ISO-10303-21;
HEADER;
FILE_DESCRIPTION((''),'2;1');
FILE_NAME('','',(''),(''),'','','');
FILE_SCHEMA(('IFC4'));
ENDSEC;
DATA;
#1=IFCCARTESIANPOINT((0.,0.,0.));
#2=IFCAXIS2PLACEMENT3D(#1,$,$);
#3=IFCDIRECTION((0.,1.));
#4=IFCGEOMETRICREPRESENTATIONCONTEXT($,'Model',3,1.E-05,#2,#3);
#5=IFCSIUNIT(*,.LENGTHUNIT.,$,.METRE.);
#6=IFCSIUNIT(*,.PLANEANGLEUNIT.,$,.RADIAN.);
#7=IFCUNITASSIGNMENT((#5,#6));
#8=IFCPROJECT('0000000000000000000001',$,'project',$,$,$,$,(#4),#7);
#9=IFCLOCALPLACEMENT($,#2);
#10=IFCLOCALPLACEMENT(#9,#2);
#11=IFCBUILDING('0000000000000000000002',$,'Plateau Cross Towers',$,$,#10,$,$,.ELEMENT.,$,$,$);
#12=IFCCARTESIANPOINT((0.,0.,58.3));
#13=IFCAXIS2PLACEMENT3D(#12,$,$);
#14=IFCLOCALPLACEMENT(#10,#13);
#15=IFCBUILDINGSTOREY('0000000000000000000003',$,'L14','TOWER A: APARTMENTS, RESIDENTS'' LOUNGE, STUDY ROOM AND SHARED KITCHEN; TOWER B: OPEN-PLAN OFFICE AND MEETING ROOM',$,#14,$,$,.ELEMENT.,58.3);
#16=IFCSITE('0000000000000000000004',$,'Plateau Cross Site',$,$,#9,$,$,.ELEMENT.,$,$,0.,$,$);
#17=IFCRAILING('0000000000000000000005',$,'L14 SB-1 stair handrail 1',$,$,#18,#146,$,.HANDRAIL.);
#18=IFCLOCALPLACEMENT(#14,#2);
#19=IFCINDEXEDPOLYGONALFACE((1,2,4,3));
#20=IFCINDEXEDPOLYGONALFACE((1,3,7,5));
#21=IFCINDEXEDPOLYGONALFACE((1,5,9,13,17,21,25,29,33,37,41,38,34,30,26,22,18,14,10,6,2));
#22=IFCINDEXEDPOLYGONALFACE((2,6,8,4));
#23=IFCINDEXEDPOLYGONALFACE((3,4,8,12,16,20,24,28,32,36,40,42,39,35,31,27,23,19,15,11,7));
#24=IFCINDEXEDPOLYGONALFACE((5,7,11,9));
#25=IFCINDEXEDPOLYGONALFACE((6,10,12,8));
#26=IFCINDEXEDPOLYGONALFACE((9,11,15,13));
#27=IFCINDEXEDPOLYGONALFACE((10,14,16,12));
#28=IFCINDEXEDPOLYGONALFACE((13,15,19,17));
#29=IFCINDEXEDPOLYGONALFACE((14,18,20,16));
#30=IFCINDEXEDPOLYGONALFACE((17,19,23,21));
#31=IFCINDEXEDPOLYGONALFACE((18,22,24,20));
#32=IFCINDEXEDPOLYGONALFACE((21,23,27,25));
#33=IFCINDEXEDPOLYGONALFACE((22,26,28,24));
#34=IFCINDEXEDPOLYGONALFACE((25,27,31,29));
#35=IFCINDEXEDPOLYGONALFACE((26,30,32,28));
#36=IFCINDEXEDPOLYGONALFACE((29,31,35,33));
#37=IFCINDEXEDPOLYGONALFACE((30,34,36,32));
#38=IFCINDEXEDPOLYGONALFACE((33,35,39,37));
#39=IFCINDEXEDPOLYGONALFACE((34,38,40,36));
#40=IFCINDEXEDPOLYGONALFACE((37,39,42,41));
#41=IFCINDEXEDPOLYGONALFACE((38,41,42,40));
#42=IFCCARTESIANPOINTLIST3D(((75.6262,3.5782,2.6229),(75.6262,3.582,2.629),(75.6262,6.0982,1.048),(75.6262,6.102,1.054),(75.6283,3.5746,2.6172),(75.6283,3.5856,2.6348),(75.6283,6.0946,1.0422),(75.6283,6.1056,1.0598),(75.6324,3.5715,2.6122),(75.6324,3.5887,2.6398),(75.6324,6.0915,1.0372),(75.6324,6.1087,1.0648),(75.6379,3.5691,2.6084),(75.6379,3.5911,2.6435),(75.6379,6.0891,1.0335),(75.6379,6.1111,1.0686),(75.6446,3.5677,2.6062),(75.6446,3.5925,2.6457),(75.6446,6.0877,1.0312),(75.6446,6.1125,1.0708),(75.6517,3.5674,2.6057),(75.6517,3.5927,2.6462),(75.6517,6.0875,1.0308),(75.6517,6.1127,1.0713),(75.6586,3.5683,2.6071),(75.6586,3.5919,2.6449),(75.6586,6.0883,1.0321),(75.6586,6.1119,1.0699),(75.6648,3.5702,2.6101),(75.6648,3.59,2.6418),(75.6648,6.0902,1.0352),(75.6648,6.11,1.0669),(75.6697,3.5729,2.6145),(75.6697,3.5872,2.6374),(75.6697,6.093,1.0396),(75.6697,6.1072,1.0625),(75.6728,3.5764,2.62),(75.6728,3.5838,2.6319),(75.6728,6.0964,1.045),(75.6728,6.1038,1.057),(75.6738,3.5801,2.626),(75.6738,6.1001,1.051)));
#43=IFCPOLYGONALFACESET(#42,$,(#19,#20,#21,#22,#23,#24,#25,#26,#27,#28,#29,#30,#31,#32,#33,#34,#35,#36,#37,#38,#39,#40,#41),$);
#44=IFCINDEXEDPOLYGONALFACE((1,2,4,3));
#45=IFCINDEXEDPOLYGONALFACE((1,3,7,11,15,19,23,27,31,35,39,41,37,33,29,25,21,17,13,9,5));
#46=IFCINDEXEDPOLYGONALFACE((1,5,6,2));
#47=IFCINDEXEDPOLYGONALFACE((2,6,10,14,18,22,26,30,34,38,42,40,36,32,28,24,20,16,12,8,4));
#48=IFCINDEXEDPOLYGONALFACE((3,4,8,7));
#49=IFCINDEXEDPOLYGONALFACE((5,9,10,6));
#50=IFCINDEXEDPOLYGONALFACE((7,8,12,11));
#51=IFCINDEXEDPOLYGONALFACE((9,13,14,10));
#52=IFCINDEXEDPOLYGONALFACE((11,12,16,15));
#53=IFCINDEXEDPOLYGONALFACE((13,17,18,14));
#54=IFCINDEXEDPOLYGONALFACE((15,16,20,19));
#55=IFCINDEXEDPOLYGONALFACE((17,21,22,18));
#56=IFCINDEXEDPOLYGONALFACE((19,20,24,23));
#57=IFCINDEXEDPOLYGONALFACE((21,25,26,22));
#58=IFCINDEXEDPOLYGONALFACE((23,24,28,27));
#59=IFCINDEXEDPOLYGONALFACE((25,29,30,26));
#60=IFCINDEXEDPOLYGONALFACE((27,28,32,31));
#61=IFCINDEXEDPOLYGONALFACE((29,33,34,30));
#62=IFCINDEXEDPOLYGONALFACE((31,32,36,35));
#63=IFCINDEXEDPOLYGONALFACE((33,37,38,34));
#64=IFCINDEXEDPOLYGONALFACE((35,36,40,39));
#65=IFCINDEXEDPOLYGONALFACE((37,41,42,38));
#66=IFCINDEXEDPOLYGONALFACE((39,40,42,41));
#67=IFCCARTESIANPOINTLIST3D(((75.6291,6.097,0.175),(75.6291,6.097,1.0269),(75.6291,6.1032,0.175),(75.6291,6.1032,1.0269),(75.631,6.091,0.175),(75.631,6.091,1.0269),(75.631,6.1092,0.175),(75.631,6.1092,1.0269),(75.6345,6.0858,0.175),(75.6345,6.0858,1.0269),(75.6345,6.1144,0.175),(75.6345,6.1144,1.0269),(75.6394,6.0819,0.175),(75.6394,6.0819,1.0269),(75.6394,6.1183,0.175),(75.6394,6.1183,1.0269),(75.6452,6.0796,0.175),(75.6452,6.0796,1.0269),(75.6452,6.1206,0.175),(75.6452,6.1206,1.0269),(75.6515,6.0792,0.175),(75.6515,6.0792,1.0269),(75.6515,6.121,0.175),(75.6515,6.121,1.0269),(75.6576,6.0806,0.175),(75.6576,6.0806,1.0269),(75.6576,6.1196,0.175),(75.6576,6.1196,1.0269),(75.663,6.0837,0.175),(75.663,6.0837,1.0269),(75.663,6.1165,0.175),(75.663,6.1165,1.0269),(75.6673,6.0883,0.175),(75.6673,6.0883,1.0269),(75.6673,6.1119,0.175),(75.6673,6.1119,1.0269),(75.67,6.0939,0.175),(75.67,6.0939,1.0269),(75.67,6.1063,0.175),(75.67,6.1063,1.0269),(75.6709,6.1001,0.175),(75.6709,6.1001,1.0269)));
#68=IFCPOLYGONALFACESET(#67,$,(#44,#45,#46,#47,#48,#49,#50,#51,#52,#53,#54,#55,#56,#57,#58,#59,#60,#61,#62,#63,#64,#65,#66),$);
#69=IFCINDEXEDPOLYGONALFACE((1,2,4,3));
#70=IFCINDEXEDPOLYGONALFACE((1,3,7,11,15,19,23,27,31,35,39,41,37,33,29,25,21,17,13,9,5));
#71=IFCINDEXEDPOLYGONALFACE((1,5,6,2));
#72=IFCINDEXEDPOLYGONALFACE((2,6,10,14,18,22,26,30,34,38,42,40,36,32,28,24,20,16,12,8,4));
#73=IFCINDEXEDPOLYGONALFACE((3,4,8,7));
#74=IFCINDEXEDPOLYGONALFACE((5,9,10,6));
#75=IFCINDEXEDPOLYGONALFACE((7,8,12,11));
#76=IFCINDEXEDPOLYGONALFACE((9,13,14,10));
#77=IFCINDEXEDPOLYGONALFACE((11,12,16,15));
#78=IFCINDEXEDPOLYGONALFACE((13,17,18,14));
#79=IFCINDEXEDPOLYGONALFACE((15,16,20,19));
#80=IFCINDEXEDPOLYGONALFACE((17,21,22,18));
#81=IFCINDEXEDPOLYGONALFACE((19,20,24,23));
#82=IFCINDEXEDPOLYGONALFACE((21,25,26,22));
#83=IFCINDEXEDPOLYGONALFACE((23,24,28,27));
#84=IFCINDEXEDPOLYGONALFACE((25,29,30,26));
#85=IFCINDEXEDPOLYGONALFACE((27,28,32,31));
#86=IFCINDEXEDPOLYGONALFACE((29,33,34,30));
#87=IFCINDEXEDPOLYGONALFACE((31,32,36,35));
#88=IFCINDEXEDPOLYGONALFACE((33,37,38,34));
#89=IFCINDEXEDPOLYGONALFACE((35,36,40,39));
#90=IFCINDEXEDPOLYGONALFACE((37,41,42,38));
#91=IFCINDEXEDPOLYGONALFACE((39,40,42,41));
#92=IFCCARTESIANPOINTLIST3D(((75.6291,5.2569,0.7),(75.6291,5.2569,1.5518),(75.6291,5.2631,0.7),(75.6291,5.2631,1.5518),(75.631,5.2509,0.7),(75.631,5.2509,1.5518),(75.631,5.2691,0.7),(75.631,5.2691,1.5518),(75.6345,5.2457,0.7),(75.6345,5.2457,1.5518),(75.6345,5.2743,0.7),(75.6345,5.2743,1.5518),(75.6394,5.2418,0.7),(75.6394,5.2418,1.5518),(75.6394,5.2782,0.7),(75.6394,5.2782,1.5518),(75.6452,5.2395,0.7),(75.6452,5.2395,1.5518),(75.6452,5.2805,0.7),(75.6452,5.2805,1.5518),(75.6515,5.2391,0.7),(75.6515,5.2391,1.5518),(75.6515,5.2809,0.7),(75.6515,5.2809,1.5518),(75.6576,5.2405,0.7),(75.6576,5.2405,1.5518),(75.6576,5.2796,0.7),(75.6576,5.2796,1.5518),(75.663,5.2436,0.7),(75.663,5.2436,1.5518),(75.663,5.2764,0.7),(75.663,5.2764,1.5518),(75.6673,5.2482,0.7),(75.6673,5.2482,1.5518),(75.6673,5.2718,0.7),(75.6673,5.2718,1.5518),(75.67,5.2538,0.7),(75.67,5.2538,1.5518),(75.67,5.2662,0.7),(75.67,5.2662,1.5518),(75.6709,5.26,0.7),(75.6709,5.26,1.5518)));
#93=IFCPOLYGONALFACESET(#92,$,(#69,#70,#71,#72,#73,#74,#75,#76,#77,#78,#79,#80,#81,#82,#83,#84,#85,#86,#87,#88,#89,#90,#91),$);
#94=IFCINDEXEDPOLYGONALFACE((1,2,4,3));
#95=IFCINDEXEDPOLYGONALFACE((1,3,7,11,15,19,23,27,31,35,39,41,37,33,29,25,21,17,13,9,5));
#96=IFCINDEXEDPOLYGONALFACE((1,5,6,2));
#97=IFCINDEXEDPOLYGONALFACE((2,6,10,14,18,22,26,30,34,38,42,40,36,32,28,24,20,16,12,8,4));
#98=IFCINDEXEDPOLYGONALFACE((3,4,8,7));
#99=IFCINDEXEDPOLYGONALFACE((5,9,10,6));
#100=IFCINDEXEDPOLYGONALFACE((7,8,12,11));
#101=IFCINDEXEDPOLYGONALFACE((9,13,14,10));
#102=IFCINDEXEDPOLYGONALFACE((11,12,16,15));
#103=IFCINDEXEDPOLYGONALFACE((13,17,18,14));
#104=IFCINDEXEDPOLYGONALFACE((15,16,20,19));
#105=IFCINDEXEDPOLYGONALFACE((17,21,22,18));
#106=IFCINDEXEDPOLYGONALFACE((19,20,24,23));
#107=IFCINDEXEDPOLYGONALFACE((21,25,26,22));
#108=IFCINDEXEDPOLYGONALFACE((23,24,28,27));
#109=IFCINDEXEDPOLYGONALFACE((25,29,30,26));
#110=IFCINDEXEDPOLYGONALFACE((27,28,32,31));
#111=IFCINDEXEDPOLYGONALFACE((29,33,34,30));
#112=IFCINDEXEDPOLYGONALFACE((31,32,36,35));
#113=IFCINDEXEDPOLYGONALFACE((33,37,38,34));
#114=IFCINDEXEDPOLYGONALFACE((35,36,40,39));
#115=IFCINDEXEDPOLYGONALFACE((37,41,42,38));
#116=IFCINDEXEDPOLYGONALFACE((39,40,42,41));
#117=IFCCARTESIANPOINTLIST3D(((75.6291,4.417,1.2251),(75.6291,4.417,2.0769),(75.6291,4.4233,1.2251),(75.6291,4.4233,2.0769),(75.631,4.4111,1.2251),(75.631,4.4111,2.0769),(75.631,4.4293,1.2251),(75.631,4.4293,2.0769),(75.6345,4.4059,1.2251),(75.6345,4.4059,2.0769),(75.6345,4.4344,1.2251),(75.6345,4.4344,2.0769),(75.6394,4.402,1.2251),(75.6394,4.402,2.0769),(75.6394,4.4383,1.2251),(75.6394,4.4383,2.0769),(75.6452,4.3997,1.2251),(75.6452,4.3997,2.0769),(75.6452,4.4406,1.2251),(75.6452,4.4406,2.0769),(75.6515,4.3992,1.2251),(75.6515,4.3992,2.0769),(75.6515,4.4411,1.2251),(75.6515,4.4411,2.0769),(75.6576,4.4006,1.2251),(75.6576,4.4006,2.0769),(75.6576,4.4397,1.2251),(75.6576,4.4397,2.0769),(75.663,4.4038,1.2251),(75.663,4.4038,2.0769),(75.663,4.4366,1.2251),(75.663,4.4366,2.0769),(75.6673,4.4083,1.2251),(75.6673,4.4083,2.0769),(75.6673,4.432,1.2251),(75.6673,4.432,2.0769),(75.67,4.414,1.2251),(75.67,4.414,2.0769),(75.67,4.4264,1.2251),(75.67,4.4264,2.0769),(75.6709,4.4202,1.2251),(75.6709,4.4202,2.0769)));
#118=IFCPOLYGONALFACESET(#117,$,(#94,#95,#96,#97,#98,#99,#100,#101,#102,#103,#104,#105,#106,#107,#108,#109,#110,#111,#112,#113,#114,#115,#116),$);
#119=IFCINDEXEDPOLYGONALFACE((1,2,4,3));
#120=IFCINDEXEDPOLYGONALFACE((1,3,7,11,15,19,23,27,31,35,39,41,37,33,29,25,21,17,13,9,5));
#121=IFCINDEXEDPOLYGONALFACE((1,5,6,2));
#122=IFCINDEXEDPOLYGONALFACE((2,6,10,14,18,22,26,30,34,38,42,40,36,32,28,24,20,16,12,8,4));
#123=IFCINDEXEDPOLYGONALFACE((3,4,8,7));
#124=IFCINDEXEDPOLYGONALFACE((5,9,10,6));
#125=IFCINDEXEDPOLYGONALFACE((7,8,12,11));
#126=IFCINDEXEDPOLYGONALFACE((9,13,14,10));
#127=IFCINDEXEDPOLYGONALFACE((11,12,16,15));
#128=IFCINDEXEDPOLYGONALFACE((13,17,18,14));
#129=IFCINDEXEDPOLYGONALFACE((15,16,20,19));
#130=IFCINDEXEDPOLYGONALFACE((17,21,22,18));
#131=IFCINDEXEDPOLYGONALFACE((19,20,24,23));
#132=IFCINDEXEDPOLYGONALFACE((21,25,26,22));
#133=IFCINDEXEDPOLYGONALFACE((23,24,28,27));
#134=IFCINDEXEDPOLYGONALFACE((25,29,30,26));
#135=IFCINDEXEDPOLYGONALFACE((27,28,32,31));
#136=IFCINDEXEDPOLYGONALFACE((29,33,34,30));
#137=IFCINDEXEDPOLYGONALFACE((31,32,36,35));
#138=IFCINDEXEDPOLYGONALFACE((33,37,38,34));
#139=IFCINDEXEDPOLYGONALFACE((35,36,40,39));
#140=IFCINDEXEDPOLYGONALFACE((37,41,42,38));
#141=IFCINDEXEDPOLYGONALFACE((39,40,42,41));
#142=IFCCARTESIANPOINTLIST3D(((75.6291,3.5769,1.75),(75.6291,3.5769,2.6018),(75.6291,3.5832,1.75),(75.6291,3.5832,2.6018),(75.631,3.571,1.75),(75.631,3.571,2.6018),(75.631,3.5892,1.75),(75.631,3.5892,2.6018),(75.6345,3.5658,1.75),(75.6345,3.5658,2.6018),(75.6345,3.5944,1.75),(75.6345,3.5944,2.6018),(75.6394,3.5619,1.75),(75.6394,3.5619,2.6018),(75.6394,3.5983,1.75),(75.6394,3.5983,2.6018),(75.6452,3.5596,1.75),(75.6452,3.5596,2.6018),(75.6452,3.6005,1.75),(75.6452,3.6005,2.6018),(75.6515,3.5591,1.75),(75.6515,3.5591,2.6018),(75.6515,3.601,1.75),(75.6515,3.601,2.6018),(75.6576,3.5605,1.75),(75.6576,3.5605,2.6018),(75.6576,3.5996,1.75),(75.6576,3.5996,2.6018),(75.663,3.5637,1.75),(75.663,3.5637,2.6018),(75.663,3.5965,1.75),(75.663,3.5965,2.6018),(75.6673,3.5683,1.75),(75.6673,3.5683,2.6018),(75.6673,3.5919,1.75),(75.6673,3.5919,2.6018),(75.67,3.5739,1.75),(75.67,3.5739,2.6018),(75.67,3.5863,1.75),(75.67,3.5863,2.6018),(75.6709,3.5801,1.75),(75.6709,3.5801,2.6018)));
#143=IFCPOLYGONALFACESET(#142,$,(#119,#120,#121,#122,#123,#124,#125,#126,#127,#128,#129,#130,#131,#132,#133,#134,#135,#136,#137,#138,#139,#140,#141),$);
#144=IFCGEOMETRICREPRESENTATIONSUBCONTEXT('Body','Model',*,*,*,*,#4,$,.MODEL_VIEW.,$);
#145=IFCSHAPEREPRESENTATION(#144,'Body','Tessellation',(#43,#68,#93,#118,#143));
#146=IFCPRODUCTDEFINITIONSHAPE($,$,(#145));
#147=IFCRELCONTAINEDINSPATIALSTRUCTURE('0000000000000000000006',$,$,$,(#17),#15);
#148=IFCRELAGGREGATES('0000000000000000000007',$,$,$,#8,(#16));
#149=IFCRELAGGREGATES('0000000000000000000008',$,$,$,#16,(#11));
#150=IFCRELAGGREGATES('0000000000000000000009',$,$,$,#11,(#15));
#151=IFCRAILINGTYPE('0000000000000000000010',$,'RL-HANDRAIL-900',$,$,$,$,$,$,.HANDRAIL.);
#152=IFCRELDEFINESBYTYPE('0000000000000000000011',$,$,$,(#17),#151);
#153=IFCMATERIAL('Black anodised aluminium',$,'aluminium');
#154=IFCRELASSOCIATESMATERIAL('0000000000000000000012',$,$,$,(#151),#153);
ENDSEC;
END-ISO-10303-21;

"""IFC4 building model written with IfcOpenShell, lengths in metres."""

from ifc_helpers import new_model, si_unit, direction, frame, origin, origin_2d, place, context, subcontext, project, spatial, circle, extrude, material, type_object, element, save


model = new_model("IFC4")

# Units and contexts
model_context = context("Model", 3, precision=1e-05, world=origin(), true_north=direction((0.0, 1.0)))
body_context = subcontext(model_context, "Body", "Model", "MODEL_VIEW")
ifc_project = project(units=[si_unit("LENGTHUNIT", "METRE"), si_unit("PLANEANGLEUNIT", "RADIAN")], contexts=[model_context])

# Site, building, storey
site_placement = place(None, origin())
site = spatial("IfcSite", under=ifc_project, at=site_placement, Name="Plateau Cross Site", CompositionType="ELEMENT", RefElevation=0.0)
building_placement = place(site_placement, origin())
building = spatial("IfcBuilding", under=site, at=building_placement, Name="Plateau Cross Towers", CompositionType="ELEMENT")
storey_placement = place(building_placement, frame((0.0, 0.0, 58.3)))
storey = spatial("IfcBuildingStorey", under=building, at=storey_placement, Name="L14", Description="TOWER A: APARTMENTS, RESIDENTS' LOUNGE, STUDY ROOM AND SHARED KITCHEN; TOWER B: OPEN-PLAN OFFICE AND MEETING ROOM", CompositionType="ELEMENT", Elevation=58.3)

# Railing
ifc_material_1 = material(Name="Black anodised aluminium", Category="aluminium")
railing_type_1 = type_object("IfcRailingType", Name="RL-HANDRAIL-900", PredefinedType="HANDRAIL", material=ifc_material_1)
railing_1_placement = place(storey_placement, frame((75.6499, 6.1001, 0.175)))
element("IfcRailing", 1, at=railing_1_placement, inside=storey, type_object=railing_type_1, Name="L14 SB-1 stair handrail 1", PredefinedType="HANDRAIL", context=body_context, shape_type="SweptSolid", body=[
    extrude(circle(Radius=0.0239, at=origin_2d()), frame((0.0, 0.0, 0.876), z_axis=(0.0, -0.848008, 0.529984), x_axis=(1.0, 0.0, 0.0)), (0.0, 0.0, 1.0), 2.9717),
    extrude(circle(Radius=0.021, at=origin_2d()), origin(), (0.0, 0.0, 1.0), 0.8518),
    extrude(circle(Radius=0.021, at=origin_2d()), frame((0.0, -0.8401, 0.5249)), (0.0, 0.0, 1.0), 0.8518),
    extrude(circle(Radius=0.021, at=origin_2d()), frame((0.0, -1.6799, 1.05)), (0.0, 0.0, 1.0), 0.8518),
    extrude(circle(Radius=0.021, at=origin_2d()), frame((0.0, -2.52, 1.575)), (0.0, 0.0, 1.0), 0.8518),
])

save(model, "model.ifc")
